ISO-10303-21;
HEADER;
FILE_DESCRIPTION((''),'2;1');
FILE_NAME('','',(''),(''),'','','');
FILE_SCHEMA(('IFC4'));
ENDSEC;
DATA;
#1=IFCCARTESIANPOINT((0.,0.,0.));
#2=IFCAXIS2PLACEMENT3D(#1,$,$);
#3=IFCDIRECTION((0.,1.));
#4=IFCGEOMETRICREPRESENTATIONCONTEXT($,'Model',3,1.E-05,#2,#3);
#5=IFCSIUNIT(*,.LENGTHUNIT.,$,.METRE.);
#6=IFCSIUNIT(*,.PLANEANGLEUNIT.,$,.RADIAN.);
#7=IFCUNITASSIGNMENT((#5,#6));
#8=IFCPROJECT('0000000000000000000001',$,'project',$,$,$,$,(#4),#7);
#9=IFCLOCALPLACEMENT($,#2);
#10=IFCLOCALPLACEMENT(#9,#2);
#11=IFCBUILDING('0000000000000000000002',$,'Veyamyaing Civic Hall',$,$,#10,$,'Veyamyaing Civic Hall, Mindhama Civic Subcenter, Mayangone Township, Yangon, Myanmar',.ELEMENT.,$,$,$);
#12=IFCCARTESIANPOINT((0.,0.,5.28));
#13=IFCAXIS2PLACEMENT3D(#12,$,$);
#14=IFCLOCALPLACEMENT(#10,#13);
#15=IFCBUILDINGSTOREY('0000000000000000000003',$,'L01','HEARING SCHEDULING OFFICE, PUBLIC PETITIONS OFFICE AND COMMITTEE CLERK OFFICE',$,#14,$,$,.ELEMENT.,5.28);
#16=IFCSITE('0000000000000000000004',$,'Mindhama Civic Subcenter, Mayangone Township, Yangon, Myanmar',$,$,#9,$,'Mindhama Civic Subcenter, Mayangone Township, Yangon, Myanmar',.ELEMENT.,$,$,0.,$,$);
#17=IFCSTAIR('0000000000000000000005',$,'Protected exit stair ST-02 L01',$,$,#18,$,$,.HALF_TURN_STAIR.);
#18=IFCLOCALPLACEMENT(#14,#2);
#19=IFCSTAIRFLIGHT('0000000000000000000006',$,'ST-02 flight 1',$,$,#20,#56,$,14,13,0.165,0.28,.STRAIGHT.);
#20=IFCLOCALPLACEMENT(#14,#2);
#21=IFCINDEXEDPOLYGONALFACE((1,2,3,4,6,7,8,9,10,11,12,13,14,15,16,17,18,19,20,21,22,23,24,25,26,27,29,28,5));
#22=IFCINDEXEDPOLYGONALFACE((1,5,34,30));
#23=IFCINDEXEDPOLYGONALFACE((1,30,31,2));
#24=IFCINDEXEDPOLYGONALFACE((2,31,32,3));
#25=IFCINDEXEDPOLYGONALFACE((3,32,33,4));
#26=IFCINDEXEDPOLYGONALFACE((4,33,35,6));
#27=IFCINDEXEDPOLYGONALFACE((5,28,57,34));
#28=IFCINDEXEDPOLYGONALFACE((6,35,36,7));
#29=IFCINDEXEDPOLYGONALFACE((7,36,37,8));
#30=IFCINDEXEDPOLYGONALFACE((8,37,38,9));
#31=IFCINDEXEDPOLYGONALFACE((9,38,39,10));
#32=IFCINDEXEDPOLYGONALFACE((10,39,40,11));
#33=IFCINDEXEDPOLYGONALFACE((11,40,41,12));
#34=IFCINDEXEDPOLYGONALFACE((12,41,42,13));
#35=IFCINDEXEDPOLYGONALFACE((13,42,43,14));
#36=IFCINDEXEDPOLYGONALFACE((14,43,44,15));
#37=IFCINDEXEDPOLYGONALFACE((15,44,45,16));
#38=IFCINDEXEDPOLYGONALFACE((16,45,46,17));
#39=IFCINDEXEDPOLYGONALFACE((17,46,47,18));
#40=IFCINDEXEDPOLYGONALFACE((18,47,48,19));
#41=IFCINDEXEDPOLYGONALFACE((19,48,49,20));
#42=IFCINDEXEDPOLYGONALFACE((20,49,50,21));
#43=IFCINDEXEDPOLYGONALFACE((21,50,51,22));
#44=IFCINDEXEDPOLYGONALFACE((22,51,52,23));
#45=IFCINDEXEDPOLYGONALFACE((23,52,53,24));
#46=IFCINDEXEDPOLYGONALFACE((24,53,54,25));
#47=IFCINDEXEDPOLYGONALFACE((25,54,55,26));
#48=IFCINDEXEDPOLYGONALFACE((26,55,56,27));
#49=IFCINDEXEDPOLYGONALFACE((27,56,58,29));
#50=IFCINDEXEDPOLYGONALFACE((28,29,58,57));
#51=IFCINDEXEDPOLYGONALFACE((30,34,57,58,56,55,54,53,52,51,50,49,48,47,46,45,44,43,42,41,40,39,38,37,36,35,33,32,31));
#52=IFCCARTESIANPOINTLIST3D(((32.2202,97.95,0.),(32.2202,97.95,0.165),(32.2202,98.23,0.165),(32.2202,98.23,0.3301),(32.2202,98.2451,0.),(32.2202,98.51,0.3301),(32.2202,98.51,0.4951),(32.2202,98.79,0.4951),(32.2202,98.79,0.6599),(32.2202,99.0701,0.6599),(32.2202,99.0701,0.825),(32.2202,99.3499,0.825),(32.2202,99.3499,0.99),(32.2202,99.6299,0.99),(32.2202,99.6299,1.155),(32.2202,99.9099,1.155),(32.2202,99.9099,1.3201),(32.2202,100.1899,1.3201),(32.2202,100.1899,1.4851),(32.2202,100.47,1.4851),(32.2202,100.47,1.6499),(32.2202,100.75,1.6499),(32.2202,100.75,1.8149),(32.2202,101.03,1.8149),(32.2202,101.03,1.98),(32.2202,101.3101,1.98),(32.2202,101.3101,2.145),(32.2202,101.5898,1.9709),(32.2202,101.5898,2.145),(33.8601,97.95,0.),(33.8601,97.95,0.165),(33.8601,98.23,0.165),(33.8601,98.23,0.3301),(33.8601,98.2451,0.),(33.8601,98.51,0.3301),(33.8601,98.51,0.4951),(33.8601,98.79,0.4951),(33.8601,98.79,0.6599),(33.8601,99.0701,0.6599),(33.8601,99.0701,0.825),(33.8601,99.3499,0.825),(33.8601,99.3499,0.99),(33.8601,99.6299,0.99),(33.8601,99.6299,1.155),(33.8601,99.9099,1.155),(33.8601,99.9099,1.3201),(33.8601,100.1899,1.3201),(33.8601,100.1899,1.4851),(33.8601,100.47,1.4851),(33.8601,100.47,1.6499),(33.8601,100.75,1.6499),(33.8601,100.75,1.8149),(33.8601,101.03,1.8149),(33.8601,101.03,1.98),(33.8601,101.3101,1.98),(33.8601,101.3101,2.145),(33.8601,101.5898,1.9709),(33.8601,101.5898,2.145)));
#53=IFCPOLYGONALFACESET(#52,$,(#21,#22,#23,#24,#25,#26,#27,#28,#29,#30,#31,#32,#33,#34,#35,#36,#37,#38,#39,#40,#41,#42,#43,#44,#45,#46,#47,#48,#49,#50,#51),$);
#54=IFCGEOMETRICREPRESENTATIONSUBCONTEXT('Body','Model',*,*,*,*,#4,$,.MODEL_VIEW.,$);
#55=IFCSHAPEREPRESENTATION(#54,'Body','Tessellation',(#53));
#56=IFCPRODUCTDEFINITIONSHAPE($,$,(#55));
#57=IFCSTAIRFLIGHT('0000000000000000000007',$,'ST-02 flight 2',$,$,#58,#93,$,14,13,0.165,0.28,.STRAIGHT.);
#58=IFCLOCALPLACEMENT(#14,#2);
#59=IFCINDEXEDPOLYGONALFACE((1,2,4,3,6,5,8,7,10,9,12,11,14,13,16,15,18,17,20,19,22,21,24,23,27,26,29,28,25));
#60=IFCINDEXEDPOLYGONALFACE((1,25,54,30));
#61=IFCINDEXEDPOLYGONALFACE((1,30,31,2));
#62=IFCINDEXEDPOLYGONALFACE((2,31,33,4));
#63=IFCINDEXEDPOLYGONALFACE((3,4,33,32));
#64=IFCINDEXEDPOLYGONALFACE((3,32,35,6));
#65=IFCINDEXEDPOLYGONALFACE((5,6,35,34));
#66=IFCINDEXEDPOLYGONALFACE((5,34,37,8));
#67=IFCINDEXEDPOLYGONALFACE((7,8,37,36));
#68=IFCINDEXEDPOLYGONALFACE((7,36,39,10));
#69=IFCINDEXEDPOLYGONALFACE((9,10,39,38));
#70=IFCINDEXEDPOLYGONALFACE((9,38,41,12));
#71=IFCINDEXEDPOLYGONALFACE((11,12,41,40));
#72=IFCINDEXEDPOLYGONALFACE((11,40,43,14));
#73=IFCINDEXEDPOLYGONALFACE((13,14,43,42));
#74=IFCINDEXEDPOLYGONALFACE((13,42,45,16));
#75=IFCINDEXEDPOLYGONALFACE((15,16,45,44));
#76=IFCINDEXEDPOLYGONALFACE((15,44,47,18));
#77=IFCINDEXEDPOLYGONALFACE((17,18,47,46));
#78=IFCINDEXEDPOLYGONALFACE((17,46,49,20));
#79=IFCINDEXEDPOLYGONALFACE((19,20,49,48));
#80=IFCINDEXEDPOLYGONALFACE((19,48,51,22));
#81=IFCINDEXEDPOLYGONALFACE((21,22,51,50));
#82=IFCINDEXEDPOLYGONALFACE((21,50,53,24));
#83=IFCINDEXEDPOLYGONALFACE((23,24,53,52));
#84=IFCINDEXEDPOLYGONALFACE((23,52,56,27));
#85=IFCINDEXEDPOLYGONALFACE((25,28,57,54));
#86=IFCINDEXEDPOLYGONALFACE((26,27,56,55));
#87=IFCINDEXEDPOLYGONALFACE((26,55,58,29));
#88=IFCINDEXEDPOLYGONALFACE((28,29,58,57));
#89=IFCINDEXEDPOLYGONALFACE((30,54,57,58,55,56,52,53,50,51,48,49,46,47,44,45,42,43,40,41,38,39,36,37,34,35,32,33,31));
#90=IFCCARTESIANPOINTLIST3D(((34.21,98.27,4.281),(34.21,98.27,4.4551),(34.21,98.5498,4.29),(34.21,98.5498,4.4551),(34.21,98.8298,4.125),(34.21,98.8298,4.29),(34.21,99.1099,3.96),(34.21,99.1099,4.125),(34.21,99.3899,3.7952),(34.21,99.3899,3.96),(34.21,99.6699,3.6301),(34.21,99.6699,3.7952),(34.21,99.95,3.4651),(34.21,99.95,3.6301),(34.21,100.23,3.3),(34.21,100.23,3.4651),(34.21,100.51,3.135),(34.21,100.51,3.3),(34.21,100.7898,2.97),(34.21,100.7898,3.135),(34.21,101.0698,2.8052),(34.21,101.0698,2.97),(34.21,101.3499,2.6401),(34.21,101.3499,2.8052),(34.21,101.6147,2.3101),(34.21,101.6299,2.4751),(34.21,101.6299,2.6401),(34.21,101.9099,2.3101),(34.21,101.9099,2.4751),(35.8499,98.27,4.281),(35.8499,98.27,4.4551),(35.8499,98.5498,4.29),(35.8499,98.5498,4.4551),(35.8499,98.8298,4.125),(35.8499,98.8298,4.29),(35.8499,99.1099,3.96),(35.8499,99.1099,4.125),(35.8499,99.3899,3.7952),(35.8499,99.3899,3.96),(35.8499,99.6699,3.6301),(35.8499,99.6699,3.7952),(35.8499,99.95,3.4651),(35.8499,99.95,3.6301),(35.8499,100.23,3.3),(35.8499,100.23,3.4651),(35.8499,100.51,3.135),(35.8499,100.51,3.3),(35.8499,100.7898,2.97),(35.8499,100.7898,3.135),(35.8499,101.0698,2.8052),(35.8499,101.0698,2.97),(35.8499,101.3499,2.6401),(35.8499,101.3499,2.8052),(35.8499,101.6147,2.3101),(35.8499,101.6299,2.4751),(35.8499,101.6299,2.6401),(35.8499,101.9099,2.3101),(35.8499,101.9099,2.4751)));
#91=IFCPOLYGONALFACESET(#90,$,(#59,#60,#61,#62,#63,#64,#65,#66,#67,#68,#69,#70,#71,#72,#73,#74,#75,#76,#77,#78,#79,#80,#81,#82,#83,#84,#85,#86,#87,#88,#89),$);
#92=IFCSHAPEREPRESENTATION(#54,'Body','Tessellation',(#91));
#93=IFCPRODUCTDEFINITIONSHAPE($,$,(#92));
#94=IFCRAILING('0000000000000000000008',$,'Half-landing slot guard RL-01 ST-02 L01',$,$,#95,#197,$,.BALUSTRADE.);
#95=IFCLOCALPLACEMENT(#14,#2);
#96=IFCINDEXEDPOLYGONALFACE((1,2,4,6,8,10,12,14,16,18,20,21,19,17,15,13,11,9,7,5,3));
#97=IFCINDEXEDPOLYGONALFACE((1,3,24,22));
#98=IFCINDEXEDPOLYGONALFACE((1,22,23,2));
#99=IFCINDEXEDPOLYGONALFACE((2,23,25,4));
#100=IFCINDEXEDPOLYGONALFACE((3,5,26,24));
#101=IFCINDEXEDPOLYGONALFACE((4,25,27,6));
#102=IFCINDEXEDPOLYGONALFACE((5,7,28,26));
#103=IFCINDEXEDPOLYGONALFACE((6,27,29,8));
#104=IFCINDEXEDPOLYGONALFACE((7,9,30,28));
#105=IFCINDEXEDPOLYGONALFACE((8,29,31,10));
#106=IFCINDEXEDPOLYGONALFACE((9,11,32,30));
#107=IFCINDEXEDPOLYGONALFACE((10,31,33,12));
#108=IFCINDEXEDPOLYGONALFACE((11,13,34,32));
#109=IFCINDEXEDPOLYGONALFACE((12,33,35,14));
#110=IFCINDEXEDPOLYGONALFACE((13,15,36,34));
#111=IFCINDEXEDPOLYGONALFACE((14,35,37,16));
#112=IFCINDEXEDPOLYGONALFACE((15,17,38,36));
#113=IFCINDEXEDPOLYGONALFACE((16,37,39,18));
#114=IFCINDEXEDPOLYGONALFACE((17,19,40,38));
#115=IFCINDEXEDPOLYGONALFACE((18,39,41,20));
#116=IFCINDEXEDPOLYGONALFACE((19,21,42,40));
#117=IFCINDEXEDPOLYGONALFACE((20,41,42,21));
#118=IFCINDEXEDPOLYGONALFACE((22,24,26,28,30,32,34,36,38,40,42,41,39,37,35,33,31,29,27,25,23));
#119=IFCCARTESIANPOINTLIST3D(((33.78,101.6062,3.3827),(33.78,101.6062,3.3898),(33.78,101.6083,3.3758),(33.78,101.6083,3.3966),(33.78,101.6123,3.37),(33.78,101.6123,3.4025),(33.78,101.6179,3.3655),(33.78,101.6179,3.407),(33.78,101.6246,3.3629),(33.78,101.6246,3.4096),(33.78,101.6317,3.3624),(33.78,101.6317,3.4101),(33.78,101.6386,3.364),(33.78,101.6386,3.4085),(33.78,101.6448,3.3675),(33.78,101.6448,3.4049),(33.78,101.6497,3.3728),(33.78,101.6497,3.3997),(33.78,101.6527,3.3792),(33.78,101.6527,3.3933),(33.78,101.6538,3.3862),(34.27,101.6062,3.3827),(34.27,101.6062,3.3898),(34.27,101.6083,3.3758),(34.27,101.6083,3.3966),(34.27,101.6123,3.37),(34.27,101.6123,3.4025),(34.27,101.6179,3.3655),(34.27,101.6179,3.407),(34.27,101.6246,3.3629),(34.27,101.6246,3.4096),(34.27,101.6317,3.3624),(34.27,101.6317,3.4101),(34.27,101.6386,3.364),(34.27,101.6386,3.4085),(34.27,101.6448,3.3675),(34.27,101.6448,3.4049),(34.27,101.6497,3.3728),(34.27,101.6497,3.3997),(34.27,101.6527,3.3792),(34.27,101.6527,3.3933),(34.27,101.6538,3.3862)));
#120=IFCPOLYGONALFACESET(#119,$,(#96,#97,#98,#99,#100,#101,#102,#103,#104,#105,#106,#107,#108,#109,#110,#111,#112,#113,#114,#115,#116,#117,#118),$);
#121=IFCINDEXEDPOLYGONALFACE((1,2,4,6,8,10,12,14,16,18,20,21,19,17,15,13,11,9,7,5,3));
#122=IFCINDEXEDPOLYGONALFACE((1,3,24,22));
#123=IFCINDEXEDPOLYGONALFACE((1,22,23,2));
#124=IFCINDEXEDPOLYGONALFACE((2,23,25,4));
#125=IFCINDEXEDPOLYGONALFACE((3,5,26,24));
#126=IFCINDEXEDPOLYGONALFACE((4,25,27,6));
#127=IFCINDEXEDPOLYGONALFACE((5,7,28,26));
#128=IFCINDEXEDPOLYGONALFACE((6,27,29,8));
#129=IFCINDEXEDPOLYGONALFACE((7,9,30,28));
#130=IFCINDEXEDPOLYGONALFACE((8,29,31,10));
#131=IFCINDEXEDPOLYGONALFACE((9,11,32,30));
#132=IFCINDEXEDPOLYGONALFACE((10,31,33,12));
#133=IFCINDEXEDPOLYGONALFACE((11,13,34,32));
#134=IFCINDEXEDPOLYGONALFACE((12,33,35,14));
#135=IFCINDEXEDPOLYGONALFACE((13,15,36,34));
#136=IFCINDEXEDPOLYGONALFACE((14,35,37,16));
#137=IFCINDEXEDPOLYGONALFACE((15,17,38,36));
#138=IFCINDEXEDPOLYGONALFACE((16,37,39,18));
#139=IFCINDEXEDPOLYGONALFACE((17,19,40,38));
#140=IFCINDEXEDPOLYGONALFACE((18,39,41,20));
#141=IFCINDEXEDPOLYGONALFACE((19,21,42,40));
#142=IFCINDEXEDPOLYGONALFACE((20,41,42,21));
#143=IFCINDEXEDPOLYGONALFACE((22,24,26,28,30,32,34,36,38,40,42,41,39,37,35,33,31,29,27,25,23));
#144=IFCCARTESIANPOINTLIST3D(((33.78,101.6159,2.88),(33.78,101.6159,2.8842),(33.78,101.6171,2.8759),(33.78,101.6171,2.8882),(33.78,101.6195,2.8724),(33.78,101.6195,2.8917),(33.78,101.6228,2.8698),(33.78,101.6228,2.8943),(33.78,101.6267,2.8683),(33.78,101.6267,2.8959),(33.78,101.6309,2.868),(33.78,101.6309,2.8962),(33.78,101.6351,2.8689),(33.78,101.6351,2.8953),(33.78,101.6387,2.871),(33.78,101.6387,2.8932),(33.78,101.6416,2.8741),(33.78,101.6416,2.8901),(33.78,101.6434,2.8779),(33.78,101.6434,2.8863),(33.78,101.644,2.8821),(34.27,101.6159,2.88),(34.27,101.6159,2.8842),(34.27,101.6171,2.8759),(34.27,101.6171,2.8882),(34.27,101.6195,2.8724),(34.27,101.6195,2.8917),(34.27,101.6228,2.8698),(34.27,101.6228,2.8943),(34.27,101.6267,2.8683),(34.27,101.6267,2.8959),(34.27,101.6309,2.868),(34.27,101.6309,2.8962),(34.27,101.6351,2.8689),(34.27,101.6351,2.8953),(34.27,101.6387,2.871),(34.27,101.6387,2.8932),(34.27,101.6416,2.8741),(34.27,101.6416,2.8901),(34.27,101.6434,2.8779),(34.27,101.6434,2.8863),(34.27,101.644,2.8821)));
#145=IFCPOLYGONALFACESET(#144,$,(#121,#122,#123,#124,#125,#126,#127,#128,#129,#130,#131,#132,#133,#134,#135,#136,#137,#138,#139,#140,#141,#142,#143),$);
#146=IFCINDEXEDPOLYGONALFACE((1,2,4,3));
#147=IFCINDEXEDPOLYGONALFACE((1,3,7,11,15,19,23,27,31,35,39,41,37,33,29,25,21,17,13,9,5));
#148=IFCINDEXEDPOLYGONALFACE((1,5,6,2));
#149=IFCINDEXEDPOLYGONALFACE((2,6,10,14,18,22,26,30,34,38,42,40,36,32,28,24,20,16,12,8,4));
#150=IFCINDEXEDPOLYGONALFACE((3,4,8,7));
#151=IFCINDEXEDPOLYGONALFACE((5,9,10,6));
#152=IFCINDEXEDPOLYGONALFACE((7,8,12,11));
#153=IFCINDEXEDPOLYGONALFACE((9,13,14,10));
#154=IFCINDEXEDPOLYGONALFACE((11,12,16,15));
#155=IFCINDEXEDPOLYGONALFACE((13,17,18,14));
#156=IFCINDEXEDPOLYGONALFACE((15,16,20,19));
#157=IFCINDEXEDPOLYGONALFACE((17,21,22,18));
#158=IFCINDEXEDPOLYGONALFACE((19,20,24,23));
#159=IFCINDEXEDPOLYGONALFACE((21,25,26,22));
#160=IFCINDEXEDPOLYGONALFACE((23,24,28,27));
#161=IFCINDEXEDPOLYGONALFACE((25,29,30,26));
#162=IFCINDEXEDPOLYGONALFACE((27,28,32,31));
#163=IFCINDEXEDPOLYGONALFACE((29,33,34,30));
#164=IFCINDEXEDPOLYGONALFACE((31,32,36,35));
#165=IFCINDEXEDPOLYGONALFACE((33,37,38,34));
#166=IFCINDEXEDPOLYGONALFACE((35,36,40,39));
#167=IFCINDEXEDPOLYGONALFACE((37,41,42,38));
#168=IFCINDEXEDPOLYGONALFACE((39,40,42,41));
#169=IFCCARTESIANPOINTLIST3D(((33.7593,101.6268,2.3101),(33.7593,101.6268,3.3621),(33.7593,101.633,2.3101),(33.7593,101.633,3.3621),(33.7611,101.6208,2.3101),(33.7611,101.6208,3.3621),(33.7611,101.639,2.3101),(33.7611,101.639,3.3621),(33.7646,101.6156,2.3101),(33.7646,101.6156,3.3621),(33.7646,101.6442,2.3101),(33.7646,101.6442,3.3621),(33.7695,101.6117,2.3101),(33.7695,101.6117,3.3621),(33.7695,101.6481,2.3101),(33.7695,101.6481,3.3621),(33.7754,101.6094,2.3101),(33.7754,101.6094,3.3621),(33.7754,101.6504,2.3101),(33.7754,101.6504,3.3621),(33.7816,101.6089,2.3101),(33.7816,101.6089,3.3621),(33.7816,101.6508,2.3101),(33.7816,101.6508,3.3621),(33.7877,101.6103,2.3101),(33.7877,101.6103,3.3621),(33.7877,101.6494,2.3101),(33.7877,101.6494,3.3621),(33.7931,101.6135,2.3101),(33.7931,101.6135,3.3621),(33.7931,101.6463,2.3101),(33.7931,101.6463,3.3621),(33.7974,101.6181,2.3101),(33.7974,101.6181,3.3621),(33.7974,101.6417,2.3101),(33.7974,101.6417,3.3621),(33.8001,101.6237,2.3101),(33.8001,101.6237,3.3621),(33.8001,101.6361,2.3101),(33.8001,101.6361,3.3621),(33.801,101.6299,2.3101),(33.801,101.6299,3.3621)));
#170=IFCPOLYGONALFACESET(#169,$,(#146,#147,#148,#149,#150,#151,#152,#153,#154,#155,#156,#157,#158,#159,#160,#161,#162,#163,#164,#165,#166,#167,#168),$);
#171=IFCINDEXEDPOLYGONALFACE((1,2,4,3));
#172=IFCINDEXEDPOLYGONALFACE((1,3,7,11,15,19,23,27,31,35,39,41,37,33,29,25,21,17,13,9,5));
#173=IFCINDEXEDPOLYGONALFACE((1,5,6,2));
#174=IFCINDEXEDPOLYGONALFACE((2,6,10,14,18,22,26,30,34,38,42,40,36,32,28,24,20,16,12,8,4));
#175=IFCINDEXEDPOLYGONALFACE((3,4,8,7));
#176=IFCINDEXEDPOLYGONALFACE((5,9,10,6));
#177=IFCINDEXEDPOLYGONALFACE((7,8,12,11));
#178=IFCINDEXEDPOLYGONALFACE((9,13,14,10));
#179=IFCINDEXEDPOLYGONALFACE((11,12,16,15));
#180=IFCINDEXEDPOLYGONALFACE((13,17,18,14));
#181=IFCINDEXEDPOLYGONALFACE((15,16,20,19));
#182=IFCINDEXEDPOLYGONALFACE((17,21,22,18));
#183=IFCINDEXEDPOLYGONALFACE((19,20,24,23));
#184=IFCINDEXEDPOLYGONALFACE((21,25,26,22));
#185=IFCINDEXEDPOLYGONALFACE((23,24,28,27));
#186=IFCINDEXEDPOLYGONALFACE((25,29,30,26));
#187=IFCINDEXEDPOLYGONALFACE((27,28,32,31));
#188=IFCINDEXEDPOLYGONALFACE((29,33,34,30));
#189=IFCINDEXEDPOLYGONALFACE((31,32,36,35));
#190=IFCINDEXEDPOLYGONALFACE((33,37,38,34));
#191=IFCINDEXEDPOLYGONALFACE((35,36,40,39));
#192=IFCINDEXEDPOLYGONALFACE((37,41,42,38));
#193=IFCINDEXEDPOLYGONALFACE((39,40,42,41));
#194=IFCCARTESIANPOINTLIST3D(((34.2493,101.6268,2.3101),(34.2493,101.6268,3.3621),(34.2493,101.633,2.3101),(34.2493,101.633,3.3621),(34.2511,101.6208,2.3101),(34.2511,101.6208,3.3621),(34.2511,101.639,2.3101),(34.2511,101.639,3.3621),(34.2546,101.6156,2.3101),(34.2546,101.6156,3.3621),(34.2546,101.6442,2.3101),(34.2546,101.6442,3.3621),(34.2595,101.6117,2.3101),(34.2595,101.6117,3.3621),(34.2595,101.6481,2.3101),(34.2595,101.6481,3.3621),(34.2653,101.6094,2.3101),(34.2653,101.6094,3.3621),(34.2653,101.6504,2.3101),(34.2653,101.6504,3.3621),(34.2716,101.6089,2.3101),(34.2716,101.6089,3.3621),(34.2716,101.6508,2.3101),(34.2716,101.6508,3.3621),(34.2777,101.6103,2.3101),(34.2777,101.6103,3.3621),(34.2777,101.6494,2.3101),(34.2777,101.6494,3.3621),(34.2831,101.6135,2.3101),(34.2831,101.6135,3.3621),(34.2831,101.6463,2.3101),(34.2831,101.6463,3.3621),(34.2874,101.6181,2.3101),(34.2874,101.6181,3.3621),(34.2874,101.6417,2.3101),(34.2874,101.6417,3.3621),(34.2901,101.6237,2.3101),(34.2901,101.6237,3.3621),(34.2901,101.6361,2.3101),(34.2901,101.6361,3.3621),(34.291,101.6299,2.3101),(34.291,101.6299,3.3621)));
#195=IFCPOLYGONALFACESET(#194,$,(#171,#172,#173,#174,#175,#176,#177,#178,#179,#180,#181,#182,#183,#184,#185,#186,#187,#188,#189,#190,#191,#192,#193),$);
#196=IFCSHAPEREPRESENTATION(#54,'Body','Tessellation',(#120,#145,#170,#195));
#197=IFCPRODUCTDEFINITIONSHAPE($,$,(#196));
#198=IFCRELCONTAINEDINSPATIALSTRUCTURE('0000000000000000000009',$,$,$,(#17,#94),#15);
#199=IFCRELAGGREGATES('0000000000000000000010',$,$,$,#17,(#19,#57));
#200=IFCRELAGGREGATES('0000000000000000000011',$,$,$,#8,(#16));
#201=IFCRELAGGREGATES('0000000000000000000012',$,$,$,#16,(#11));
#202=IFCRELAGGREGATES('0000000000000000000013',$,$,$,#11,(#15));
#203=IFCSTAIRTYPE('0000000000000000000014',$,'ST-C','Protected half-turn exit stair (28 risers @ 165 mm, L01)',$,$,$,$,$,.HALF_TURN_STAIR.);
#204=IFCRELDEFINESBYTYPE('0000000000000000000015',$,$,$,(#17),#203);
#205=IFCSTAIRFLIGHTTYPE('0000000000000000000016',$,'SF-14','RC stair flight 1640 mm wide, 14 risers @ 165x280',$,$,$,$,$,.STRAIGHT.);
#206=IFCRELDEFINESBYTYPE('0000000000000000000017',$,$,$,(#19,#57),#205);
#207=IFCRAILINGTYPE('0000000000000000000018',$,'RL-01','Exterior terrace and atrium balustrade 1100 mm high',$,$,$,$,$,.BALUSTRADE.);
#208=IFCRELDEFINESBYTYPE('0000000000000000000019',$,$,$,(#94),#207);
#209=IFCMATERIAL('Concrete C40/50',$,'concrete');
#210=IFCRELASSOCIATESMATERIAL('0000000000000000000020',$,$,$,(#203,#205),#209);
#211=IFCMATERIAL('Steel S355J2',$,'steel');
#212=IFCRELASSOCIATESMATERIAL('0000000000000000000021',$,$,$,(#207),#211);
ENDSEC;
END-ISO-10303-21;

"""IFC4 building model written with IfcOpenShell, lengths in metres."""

from ifc_helpers import new_model, si_unit, direction, frame, origin, origin_2d, place, context, subcontext, project, spatial, polyline, circle, outline, extrude, material, type_object, element, aggregate, save


model = new_model("IFC4")

# Units and contexts
model_context = context("Model", 3, precision=1e-05, world=origin(), true_north=direction((0.0, 1.0)))
body_context = subcontext(model_context, "Body", "Model", "MODEL_VIEW")
ifc_project = project(units=[si_unit("LENGTHUNIT", "METRE"), si_unit("PLANEANGLEUNIT", "RADIAN")], contexts=[model_context])

# Site, building, storey
site_placement = place(None, origin())
site = spatial("IfcSite", under=ifc_project, at=site_placement, Name="Mindhama Civic Subcenter, Mayangone Township, Yangon, Myanmar", LongName="Mindhama Civic Subcenter, Mayangone Township, Yangon, Myanmar", CompositionType="ELEMENT", RefElevation=0.0)
building_placement = place(site_placement, origin())
building = spatial("IfcBuilding", under=site, at=building_placement, Name="Veyamyaing Civic Hall", LongName="Veyamyaing Civic Hall, Mindhama Civic Subcenter, Mayangone Township, Yangon, Myanmar", CompositionType="ELEMENT")
storey_placement = place(building_placement, frame((0.0, 0.0, 5.28)))
storey = spatial("IfcBuildingStorey", under=building, at=storey_placement, Name="L01", Description="HEARING SCHEDULING OFFICE, PUBLIC PETITIONS OFFICE AND COMMITTEE CLERK OFFICE", CompositionType="ELEMENT", Elevation=5.28)

# Shared definitions
ifc_material_1 = material(Name="Concrete C40/50", Category="concrete")

# Stair, stair flights
stair_type = type_object("IfcStairType", Name="ST-C", Description="Protected half-turn exit stair (28 risers @ 165 mm, L01)", PredefinedType="HALF_TURN_STAIR", material=ifc_material_1)
stair_placement = place(storey_placement, origin())
stair = element("IfcStair", 1, at=stair_placement, inside=storey, type_object=stair_type, Name="Protected exit stair ST-02 L01", PredefinedType="HALF_TURN_STAIR")
stair_flight_type = type_object("IfcStairFlightType", Name="SF-14", Description="RC stair flight 1640 mm wide, 14 risers @ 165x280", PredefinedType="STRAIGHT", material=ifc_material_1)
stair_flight_1_placement = place(storey_placement, frame((33.04, 97.95, 0.0), z_axis=(0.0, 0.0, 1.0), x_axis=(0.0, 1.0, 0.0)))
stair_flight_1 = element("IfcStairFlight", 2, at=stair_flight_1_placement, type_object=stair_flight_type, Name="ST-02 flight 1", NumberOfRisers=14, NumberOfTreads=13, PredefinedType="STRAIGHT", RiserHeight=0.165, TreadLength=0.28, context=body_context, shape_type="SweptSolid", body=[
    extrude(outline(polyline([(0.0, 0.0), (0.0, 0.165), (0.28, 0.165), (0.28, 0.3301), (0.5601, 0.3301), (0.5601, 0.4951), (0.8401, 0.4951), (0.8401, 0.6599), (1.1201, 0.6599), (1.1201, 0.825), (1.3999, 0.825), (1.3999, 0.99), (1.6799, 0.99), (1.6799, 1.155), (1.96, 1.155), (1.96, 1.3201), (2.24, 1.3201), (2.24, 1.4851), (2.52, 1.4851), (2.52, 1.6499), (2.8, 1.6499), (2.8, 1.8149), (3.0801, 1.8149), (3.0801, 1.98), (3.3601, 1.98), (3.3601, 2.145), (3.6399, 2.145), (3.6399, 2.3101), (3.6399, 1.9709), (0.2952, 0.0), (0.0, 0.0)])), frame((0.0, 0.8198, 0.0), z_axis=(0.0, -1.0, 0.0), x_axis=(1.0, 0.0, 0.0)), (0.0, 0.0, 1.0), 1.6399),
])
stair_flight_2_placement = place(storey_placement, frame((35.03, 101.9099, 2.3101), z_axis=(0.0, 0.0, 1.0), x_axis=(0.0, -1.0, 0.0)))
stair_flight_2 = element("IfcStairFlight", 3, at=stair_flight_2_placement, type_object=stair_flight_type, Name="ST-02 flight 2", NumberOfRisers=14, NumberOfTreads=13, PredefinedType="STRAIGHT", RiserHeight=0.165, TreadLength=0.28, context=body_context, shape_type="SweptSolid", body=[
    extrude(outline(polyline([(0.0, 0.0), (0.0, 0.165), (0.28, 0.165), (0.28, 0.3301), (0.5601, 0.3301), (0.5601, 0.4951), (0.8401, 0.4951), (0.8401, 0.6599), (1.1201, 0.6599), (1.1201, 0.825), (1.3999, 0.825), (1.3999, 0.99), (1.6799, 0.99), (1.6799, 1.155), (1.96, 1.155), (1.96, 1.3201), (2.24, 1.3201), (2.24, 1.4851), (2.52, 1.4851), (2.52, 1.6499), (2.8, 1.6499), (2.8, 1.8149), (3.0801, 1.8149), (3.0801, 1.98), (3.3601, 1.98), (3.3601, 2.145), (3.6399, 2.145), (3.6399, 2.3101), (3.6399, 1.9709), (0.2952, 0.0), (0.0, 0.0)])), frame((0.0, 0.8198, 0.0), z_axis=(0.0, -1.0, 0.0), x_axis=(1.0, 0.0, 0.0)), (0.0, 0.0, 1.0), 1.6399),
])
aggregate(stair, [stair_flight_1, stair_flight_2])

# Railing
ifc_material_2 = material(Name="Steel S355J2", Category="steel")
railing_type_1 = type_object("IfcRailingType", Name="RL-01", Description="Exterior terrace and atrium balustrade 1100 mm high", PredefinedType="BALUSTRADE", material=ifc_material_2)
railing_1_placement = place(storey_placement, frame((33.78, 101.6299, 2.3101)))
element("IfcRailing", 4, at=railing_1_placement, inside=storey, type_object=railing_type_1, Name="Half-landing slot guard RL-01 ST-02 L01", PredefinedType="BALUSTRADE", context=body_context, shape_type="SweptSolid", body=[
    extrude(circle(Radius=0.0239, at=origin_2d()), frame((0.0, 0.0, 1.0762), z_axis=(1.0, 0.0, 0.0), x_axis=(0.0, 1.0, 0.0)), (0.0, 0.0, 1.0), 0.49),
    extrude(circle(Radius=0.0142, at=origin_2d()), frame((0.0, 0.0, 0.572), z_axis=(1.0, 0.0, 0.0), x_axis=(0.0, 1.0, 0.0)), (0.0, 0.0, 1.0), 0.49),
    extrude(circle(Radius=0.021, at=origin_2d()), origin(), (0.0, 0.0, 1.0), 1.052),
    extrude(circle(Radius=0.021, at=origin_2d()), frame((0.49, 0.0, 0.0)), (0.0, 0.0, 1.0), 1.052),
])

save(model, "model.ifc")
